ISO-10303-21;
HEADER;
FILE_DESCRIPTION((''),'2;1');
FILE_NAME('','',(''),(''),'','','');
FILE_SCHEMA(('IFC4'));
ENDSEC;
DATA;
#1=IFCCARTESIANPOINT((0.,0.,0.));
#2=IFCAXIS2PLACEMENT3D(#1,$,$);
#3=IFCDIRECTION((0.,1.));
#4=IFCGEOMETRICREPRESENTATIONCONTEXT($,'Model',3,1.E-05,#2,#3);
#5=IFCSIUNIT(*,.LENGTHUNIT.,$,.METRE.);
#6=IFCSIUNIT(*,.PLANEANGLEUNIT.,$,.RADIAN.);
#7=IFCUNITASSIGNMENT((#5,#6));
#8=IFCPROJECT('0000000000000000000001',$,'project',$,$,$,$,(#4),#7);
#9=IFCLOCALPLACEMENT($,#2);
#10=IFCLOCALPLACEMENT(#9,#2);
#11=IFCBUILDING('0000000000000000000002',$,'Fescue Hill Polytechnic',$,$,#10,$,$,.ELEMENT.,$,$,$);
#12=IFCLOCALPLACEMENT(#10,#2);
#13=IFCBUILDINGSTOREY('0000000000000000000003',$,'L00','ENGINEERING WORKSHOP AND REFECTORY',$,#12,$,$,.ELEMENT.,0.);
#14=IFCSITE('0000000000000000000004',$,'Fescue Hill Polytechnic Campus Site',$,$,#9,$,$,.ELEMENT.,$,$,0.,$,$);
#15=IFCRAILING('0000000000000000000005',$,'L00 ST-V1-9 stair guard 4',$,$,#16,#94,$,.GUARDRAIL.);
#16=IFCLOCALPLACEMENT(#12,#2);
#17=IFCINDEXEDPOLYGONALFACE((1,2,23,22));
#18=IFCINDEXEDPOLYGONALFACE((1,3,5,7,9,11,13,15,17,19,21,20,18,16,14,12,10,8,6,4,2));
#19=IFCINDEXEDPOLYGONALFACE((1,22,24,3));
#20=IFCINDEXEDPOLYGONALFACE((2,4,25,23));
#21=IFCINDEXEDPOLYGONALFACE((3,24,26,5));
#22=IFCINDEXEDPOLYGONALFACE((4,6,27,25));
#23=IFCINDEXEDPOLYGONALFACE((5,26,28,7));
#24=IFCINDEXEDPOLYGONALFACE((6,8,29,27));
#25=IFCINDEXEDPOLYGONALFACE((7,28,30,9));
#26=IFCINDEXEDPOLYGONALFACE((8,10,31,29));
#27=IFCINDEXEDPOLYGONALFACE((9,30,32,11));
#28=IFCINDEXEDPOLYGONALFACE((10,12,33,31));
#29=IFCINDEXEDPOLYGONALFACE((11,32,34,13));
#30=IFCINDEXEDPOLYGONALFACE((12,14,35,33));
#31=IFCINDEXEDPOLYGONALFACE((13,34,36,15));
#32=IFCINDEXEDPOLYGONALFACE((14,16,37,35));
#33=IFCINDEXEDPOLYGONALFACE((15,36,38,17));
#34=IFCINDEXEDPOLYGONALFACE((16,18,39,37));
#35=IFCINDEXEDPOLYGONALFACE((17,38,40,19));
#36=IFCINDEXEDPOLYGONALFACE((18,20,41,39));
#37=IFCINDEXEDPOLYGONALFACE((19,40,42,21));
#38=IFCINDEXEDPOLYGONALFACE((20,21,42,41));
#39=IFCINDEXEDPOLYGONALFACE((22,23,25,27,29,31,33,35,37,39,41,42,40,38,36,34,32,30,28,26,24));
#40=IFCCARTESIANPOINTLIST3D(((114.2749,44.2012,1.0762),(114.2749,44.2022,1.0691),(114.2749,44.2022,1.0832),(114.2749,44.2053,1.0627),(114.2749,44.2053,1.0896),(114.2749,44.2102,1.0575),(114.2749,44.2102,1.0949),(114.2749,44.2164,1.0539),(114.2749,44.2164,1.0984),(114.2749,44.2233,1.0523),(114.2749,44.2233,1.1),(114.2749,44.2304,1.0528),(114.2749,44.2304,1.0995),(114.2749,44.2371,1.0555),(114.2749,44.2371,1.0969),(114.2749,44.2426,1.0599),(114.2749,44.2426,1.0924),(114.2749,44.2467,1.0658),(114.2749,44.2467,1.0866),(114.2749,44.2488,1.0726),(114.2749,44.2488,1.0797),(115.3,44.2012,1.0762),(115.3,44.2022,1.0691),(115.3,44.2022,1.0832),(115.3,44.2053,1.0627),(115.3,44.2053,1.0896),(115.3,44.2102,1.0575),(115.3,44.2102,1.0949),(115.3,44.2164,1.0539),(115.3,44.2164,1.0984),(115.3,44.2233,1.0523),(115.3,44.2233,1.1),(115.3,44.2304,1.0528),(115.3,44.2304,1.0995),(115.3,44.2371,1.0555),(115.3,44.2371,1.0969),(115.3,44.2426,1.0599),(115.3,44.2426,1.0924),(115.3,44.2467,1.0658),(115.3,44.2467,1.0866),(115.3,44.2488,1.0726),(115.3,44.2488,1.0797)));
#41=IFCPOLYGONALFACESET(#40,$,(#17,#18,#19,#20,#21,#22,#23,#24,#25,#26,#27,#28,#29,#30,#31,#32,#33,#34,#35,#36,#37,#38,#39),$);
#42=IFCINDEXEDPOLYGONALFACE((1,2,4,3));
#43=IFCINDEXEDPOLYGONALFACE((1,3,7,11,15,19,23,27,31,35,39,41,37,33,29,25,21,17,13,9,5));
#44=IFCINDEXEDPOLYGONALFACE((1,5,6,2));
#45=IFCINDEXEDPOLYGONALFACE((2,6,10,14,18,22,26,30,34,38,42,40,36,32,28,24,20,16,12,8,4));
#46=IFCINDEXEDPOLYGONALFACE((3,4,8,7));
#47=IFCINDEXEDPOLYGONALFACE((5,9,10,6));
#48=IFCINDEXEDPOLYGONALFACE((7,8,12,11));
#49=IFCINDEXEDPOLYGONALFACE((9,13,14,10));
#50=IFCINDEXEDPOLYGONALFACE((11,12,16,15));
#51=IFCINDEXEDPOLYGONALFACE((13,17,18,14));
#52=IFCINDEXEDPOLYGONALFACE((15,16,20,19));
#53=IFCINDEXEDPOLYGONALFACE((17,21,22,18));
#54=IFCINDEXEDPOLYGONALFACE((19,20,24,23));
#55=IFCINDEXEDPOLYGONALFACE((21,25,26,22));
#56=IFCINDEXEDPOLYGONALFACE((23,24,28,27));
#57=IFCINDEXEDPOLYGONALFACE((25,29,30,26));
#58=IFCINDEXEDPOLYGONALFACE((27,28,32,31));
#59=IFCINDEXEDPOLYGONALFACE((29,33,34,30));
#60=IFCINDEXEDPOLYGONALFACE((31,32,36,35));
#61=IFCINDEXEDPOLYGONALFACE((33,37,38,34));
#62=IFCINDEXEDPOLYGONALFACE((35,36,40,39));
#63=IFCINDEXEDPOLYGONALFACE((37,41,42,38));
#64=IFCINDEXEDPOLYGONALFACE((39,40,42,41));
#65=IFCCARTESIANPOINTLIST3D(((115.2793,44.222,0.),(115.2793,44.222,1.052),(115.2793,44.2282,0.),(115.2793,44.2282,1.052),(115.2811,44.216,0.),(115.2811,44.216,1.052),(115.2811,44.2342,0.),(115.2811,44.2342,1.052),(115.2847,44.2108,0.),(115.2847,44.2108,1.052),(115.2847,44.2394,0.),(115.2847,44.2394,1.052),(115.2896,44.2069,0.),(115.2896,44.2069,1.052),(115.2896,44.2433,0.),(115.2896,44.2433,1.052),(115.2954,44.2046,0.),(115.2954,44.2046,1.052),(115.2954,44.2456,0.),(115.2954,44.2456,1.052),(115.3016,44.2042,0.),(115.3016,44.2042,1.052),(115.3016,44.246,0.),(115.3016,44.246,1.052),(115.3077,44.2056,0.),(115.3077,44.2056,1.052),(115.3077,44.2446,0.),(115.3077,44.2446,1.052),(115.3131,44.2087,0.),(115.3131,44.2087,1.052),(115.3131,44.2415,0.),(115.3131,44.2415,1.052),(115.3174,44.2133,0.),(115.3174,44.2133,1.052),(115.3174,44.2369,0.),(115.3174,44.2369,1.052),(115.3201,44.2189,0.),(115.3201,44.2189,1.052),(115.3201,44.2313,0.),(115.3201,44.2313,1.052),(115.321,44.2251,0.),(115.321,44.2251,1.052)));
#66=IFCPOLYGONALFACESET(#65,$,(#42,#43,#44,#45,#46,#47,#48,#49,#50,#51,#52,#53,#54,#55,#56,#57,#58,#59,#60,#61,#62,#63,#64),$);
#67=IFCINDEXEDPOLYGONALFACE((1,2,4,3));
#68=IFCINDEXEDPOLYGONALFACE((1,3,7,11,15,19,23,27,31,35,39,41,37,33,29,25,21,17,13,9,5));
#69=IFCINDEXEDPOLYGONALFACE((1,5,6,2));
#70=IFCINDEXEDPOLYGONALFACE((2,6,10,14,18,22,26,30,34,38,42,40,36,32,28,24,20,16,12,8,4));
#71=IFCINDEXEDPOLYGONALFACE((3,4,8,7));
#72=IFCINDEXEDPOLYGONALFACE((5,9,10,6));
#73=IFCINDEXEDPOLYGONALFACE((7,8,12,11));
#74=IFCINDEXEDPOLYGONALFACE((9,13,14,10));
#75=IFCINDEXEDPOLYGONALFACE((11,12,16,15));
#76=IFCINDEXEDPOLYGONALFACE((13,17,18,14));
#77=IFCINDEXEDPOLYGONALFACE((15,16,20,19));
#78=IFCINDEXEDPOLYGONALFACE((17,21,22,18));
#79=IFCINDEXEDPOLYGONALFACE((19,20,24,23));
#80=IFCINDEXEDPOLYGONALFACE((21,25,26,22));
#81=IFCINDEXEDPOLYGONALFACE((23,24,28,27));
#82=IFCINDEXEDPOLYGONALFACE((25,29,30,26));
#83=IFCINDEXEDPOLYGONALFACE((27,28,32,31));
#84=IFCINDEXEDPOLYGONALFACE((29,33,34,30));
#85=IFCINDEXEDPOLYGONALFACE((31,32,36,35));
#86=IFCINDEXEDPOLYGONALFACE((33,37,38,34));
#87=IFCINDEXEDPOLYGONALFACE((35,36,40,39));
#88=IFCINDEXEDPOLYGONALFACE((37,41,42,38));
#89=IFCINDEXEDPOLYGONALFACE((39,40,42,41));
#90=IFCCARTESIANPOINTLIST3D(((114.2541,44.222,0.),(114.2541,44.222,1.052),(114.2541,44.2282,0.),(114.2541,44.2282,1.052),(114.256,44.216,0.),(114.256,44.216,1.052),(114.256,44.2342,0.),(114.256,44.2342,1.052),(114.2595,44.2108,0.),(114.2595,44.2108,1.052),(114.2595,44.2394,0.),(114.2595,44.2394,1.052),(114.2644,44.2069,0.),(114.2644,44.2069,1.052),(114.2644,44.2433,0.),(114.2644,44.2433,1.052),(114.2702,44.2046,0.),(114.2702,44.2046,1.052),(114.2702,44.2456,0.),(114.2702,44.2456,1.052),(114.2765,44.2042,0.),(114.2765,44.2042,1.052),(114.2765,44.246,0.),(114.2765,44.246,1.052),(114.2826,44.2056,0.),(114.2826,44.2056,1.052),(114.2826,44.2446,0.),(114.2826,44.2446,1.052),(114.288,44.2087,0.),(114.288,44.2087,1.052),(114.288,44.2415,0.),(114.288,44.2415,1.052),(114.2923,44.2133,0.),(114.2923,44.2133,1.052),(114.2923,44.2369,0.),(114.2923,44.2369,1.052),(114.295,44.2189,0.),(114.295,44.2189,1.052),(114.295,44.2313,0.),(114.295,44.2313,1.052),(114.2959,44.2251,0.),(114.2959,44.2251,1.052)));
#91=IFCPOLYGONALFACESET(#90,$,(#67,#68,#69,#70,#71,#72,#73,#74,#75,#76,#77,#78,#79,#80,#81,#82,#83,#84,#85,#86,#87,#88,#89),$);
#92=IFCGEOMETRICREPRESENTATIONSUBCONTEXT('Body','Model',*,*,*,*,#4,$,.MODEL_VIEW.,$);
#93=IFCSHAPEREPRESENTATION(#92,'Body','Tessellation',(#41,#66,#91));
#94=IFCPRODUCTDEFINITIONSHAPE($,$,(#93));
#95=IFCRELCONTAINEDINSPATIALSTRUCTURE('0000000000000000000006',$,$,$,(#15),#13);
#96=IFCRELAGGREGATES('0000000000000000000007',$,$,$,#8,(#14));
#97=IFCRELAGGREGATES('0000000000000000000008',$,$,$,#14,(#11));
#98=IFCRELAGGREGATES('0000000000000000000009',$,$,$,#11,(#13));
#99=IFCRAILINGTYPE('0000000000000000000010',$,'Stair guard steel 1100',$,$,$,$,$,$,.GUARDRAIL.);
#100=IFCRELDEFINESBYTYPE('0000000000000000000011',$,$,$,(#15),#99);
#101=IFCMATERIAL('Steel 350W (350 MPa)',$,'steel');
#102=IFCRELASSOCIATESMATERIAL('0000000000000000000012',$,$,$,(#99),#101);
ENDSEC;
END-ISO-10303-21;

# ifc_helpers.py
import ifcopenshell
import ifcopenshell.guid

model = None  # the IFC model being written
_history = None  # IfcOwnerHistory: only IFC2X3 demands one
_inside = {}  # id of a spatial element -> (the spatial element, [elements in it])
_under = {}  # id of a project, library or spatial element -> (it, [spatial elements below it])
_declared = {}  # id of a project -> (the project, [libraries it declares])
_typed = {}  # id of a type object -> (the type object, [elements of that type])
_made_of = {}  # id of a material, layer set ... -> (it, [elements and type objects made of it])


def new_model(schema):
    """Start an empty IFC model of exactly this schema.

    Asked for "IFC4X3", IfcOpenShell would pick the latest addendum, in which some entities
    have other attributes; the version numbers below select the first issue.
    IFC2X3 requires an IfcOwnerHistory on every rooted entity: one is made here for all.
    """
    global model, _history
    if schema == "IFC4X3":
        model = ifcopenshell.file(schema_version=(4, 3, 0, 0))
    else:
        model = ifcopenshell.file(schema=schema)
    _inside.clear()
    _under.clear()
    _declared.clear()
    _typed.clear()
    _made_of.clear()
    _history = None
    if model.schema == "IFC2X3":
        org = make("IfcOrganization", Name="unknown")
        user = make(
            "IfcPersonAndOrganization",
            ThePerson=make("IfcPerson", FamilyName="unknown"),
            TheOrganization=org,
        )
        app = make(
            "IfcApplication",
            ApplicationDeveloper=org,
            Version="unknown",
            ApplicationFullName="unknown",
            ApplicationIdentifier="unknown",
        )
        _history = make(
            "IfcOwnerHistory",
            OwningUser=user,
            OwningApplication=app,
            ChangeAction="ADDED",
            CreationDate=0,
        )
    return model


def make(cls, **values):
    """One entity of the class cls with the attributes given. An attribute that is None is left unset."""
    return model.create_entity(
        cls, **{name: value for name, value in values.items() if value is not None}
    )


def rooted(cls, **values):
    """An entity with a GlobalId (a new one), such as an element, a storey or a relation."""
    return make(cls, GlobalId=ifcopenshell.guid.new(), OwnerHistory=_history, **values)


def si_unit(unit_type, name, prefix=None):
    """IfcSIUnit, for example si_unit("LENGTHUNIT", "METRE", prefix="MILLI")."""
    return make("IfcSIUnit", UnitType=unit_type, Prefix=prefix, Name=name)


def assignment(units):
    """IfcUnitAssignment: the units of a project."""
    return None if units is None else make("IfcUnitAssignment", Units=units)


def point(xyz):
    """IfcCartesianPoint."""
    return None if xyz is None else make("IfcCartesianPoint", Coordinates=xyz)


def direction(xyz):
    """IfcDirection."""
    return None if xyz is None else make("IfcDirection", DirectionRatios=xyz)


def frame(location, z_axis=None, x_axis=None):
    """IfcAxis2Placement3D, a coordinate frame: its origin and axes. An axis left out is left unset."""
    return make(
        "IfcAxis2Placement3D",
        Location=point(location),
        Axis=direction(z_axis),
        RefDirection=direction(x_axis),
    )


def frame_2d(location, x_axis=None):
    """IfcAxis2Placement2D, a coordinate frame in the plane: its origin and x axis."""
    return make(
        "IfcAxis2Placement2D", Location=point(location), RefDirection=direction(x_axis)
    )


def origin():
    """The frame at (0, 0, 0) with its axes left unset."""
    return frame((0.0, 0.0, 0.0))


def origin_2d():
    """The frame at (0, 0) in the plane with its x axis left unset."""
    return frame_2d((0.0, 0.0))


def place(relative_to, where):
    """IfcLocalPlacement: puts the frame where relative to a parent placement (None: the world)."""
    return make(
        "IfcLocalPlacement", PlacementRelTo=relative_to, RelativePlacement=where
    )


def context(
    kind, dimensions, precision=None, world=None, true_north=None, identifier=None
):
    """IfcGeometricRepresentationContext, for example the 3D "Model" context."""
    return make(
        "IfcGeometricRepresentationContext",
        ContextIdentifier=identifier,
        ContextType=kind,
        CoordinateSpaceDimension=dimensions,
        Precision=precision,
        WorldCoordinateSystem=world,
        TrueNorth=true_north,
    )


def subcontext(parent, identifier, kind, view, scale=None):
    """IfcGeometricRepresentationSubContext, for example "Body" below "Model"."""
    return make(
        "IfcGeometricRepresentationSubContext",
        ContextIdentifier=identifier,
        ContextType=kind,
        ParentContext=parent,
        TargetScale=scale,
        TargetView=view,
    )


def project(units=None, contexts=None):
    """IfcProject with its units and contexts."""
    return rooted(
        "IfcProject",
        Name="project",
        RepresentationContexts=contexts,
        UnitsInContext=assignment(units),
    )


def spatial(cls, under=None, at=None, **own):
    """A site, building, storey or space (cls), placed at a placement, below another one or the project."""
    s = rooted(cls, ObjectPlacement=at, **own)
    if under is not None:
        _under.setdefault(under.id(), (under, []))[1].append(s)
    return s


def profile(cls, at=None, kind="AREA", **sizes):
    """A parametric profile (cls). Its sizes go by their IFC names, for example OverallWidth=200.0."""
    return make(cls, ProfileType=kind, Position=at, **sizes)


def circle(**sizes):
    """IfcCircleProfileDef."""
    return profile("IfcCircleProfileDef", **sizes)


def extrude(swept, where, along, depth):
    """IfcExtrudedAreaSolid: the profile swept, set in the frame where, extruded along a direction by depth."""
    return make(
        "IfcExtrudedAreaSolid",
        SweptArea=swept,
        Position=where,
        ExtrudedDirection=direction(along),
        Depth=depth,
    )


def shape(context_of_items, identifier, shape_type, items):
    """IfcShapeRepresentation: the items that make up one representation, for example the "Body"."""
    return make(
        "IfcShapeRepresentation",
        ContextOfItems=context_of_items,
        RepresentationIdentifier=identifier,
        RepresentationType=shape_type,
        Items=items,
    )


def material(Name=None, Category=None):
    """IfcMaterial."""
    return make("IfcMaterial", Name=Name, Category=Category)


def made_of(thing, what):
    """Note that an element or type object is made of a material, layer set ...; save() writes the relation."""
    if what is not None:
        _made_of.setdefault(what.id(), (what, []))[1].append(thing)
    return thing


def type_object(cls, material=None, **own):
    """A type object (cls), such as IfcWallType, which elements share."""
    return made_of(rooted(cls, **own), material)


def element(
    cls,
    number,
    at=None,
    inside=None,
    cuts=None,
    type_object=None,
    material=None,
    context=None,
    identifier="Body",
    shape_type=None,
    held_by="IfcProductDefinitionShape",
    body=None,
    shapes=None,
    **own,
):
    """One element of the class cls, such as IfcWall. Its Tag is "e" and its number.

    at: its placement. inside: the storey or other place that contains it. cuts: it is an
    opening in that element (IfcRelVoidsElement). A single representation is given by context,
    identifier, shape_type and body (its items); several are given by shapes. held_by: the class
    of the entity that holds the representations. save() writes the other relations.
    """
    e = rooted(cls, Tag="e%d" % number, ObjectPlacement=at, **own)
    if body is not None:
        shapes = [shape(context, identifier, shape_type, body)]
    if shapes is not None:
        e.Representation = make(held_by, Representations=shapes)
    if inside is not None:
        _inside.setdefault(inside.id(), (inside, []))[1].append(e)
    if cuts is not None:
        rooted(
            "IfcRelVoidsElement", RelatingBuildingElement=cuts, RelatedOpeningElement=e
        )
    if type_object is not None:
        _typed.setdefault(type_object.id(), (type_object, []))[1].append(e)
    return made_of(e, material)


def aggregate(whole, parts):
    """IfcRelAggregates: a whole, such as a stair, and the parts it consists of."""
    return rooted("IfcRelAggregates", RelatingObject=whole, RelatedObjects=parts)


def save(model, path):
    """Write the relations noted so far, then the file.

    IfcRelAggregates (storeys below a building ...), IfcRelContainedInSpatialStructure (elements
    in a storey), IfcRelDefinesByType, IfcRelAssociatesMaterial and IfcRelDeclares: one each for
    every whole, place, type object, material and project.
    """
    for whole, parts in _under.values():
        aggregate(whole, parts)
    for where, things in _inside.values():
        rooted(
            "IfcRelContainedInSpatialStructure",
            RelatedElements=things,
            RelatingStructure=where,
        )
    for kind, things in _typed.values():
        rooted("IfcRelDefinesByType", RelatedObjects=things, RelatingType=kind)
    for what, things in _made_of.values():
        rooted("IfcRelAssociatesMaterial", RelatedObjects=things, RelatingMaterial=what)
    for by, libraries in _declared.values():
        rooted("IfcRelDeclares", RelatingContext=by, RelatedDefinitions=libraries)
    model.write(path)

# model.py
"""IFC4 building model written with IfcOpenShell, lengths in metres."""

from ifc_helpers import new_model, si_unit, direction, frame, origin, origin_2d, place, context, subcontext, project, spatial, circle, extrude, material, type_object, element, save


model = new_model("IFC4")

# Units and contexts
model_context = context("Model", 3, precision=1e-05, world=origin(), true_north=direction((0.0, 1.0)))
body_context = subcontext(model_context, "Body", "Model", "MODEL_VIEW")
ifc_project = project(units=[si_unit("LENGTHUNIT", "METRE"), si_unit("PLANEANGLEUNIT", "RADIAN")], contexts=[model_context])

# Site, building, storey
site_placement = place(None, origin())
site = spatial("IfcSite", under=ifc_project, at=site_placement, Name="Fescue Hill Polytechnic Campus Site", CompositionType="ELEMENT", RefElevation=0.0)
building_placement = place(site_placement, origin())
building = spatial("IfcBuilding", under=site, at=building_placement, Name="Fescue Hill Polytechnic", CompositionType="ELEMENT")
storey_placement = place(building_placement, origin())
storey = spatial("IfcBuildingStorey", under=building, at=storey_placement, Name="L00", Description="ENGINEERING WORKSHOP AND REFECTORY", CompositionType="ELEMENT", Elevation=0.0)

# Railing
ifc_material_1 = material(Name="Steel 350W (350 MPa)", Category="steel")
railing_type_1 = type_object("IfcRailingType", Name="Stair guard steel 1100", PredefinedType="GUARDRAIL", material=ifc_material_1)
railing_1_placement = place(storey_placement, frame((115.3, 44.2251, 0.0)))
element("IfcRailing", 1, at=railing_1_placement, inside=storey, type_object=railing_type_1, Name="L00 ST-V1-9 stair guard 4", PredefinedType="GUARDRAIL", context=body_context, shape_type="SweptSolid", body=[
    extrude(circle(Radius=0.0239, at=origin_2d()), frame((0.0, 0.0, 1.0762), z_axis=(-1.0, 0.0, 0.0), x_axis=(0.0, -1.0, 0.0)), (0.0, 0.0, 1.0), 1.0251),
    extrude(circle(Radius=0.021, at=origin_2d()), origin(), (0.0, 0.0, 1.0), 1.052),
    extrude(circle(Radius=0.021, at=origin_2d()), frame((-1.0251, 0.0, 0.0)), (0.0, 0.0, 1.0), 1.052),
])

save(model, "model.ifc")
